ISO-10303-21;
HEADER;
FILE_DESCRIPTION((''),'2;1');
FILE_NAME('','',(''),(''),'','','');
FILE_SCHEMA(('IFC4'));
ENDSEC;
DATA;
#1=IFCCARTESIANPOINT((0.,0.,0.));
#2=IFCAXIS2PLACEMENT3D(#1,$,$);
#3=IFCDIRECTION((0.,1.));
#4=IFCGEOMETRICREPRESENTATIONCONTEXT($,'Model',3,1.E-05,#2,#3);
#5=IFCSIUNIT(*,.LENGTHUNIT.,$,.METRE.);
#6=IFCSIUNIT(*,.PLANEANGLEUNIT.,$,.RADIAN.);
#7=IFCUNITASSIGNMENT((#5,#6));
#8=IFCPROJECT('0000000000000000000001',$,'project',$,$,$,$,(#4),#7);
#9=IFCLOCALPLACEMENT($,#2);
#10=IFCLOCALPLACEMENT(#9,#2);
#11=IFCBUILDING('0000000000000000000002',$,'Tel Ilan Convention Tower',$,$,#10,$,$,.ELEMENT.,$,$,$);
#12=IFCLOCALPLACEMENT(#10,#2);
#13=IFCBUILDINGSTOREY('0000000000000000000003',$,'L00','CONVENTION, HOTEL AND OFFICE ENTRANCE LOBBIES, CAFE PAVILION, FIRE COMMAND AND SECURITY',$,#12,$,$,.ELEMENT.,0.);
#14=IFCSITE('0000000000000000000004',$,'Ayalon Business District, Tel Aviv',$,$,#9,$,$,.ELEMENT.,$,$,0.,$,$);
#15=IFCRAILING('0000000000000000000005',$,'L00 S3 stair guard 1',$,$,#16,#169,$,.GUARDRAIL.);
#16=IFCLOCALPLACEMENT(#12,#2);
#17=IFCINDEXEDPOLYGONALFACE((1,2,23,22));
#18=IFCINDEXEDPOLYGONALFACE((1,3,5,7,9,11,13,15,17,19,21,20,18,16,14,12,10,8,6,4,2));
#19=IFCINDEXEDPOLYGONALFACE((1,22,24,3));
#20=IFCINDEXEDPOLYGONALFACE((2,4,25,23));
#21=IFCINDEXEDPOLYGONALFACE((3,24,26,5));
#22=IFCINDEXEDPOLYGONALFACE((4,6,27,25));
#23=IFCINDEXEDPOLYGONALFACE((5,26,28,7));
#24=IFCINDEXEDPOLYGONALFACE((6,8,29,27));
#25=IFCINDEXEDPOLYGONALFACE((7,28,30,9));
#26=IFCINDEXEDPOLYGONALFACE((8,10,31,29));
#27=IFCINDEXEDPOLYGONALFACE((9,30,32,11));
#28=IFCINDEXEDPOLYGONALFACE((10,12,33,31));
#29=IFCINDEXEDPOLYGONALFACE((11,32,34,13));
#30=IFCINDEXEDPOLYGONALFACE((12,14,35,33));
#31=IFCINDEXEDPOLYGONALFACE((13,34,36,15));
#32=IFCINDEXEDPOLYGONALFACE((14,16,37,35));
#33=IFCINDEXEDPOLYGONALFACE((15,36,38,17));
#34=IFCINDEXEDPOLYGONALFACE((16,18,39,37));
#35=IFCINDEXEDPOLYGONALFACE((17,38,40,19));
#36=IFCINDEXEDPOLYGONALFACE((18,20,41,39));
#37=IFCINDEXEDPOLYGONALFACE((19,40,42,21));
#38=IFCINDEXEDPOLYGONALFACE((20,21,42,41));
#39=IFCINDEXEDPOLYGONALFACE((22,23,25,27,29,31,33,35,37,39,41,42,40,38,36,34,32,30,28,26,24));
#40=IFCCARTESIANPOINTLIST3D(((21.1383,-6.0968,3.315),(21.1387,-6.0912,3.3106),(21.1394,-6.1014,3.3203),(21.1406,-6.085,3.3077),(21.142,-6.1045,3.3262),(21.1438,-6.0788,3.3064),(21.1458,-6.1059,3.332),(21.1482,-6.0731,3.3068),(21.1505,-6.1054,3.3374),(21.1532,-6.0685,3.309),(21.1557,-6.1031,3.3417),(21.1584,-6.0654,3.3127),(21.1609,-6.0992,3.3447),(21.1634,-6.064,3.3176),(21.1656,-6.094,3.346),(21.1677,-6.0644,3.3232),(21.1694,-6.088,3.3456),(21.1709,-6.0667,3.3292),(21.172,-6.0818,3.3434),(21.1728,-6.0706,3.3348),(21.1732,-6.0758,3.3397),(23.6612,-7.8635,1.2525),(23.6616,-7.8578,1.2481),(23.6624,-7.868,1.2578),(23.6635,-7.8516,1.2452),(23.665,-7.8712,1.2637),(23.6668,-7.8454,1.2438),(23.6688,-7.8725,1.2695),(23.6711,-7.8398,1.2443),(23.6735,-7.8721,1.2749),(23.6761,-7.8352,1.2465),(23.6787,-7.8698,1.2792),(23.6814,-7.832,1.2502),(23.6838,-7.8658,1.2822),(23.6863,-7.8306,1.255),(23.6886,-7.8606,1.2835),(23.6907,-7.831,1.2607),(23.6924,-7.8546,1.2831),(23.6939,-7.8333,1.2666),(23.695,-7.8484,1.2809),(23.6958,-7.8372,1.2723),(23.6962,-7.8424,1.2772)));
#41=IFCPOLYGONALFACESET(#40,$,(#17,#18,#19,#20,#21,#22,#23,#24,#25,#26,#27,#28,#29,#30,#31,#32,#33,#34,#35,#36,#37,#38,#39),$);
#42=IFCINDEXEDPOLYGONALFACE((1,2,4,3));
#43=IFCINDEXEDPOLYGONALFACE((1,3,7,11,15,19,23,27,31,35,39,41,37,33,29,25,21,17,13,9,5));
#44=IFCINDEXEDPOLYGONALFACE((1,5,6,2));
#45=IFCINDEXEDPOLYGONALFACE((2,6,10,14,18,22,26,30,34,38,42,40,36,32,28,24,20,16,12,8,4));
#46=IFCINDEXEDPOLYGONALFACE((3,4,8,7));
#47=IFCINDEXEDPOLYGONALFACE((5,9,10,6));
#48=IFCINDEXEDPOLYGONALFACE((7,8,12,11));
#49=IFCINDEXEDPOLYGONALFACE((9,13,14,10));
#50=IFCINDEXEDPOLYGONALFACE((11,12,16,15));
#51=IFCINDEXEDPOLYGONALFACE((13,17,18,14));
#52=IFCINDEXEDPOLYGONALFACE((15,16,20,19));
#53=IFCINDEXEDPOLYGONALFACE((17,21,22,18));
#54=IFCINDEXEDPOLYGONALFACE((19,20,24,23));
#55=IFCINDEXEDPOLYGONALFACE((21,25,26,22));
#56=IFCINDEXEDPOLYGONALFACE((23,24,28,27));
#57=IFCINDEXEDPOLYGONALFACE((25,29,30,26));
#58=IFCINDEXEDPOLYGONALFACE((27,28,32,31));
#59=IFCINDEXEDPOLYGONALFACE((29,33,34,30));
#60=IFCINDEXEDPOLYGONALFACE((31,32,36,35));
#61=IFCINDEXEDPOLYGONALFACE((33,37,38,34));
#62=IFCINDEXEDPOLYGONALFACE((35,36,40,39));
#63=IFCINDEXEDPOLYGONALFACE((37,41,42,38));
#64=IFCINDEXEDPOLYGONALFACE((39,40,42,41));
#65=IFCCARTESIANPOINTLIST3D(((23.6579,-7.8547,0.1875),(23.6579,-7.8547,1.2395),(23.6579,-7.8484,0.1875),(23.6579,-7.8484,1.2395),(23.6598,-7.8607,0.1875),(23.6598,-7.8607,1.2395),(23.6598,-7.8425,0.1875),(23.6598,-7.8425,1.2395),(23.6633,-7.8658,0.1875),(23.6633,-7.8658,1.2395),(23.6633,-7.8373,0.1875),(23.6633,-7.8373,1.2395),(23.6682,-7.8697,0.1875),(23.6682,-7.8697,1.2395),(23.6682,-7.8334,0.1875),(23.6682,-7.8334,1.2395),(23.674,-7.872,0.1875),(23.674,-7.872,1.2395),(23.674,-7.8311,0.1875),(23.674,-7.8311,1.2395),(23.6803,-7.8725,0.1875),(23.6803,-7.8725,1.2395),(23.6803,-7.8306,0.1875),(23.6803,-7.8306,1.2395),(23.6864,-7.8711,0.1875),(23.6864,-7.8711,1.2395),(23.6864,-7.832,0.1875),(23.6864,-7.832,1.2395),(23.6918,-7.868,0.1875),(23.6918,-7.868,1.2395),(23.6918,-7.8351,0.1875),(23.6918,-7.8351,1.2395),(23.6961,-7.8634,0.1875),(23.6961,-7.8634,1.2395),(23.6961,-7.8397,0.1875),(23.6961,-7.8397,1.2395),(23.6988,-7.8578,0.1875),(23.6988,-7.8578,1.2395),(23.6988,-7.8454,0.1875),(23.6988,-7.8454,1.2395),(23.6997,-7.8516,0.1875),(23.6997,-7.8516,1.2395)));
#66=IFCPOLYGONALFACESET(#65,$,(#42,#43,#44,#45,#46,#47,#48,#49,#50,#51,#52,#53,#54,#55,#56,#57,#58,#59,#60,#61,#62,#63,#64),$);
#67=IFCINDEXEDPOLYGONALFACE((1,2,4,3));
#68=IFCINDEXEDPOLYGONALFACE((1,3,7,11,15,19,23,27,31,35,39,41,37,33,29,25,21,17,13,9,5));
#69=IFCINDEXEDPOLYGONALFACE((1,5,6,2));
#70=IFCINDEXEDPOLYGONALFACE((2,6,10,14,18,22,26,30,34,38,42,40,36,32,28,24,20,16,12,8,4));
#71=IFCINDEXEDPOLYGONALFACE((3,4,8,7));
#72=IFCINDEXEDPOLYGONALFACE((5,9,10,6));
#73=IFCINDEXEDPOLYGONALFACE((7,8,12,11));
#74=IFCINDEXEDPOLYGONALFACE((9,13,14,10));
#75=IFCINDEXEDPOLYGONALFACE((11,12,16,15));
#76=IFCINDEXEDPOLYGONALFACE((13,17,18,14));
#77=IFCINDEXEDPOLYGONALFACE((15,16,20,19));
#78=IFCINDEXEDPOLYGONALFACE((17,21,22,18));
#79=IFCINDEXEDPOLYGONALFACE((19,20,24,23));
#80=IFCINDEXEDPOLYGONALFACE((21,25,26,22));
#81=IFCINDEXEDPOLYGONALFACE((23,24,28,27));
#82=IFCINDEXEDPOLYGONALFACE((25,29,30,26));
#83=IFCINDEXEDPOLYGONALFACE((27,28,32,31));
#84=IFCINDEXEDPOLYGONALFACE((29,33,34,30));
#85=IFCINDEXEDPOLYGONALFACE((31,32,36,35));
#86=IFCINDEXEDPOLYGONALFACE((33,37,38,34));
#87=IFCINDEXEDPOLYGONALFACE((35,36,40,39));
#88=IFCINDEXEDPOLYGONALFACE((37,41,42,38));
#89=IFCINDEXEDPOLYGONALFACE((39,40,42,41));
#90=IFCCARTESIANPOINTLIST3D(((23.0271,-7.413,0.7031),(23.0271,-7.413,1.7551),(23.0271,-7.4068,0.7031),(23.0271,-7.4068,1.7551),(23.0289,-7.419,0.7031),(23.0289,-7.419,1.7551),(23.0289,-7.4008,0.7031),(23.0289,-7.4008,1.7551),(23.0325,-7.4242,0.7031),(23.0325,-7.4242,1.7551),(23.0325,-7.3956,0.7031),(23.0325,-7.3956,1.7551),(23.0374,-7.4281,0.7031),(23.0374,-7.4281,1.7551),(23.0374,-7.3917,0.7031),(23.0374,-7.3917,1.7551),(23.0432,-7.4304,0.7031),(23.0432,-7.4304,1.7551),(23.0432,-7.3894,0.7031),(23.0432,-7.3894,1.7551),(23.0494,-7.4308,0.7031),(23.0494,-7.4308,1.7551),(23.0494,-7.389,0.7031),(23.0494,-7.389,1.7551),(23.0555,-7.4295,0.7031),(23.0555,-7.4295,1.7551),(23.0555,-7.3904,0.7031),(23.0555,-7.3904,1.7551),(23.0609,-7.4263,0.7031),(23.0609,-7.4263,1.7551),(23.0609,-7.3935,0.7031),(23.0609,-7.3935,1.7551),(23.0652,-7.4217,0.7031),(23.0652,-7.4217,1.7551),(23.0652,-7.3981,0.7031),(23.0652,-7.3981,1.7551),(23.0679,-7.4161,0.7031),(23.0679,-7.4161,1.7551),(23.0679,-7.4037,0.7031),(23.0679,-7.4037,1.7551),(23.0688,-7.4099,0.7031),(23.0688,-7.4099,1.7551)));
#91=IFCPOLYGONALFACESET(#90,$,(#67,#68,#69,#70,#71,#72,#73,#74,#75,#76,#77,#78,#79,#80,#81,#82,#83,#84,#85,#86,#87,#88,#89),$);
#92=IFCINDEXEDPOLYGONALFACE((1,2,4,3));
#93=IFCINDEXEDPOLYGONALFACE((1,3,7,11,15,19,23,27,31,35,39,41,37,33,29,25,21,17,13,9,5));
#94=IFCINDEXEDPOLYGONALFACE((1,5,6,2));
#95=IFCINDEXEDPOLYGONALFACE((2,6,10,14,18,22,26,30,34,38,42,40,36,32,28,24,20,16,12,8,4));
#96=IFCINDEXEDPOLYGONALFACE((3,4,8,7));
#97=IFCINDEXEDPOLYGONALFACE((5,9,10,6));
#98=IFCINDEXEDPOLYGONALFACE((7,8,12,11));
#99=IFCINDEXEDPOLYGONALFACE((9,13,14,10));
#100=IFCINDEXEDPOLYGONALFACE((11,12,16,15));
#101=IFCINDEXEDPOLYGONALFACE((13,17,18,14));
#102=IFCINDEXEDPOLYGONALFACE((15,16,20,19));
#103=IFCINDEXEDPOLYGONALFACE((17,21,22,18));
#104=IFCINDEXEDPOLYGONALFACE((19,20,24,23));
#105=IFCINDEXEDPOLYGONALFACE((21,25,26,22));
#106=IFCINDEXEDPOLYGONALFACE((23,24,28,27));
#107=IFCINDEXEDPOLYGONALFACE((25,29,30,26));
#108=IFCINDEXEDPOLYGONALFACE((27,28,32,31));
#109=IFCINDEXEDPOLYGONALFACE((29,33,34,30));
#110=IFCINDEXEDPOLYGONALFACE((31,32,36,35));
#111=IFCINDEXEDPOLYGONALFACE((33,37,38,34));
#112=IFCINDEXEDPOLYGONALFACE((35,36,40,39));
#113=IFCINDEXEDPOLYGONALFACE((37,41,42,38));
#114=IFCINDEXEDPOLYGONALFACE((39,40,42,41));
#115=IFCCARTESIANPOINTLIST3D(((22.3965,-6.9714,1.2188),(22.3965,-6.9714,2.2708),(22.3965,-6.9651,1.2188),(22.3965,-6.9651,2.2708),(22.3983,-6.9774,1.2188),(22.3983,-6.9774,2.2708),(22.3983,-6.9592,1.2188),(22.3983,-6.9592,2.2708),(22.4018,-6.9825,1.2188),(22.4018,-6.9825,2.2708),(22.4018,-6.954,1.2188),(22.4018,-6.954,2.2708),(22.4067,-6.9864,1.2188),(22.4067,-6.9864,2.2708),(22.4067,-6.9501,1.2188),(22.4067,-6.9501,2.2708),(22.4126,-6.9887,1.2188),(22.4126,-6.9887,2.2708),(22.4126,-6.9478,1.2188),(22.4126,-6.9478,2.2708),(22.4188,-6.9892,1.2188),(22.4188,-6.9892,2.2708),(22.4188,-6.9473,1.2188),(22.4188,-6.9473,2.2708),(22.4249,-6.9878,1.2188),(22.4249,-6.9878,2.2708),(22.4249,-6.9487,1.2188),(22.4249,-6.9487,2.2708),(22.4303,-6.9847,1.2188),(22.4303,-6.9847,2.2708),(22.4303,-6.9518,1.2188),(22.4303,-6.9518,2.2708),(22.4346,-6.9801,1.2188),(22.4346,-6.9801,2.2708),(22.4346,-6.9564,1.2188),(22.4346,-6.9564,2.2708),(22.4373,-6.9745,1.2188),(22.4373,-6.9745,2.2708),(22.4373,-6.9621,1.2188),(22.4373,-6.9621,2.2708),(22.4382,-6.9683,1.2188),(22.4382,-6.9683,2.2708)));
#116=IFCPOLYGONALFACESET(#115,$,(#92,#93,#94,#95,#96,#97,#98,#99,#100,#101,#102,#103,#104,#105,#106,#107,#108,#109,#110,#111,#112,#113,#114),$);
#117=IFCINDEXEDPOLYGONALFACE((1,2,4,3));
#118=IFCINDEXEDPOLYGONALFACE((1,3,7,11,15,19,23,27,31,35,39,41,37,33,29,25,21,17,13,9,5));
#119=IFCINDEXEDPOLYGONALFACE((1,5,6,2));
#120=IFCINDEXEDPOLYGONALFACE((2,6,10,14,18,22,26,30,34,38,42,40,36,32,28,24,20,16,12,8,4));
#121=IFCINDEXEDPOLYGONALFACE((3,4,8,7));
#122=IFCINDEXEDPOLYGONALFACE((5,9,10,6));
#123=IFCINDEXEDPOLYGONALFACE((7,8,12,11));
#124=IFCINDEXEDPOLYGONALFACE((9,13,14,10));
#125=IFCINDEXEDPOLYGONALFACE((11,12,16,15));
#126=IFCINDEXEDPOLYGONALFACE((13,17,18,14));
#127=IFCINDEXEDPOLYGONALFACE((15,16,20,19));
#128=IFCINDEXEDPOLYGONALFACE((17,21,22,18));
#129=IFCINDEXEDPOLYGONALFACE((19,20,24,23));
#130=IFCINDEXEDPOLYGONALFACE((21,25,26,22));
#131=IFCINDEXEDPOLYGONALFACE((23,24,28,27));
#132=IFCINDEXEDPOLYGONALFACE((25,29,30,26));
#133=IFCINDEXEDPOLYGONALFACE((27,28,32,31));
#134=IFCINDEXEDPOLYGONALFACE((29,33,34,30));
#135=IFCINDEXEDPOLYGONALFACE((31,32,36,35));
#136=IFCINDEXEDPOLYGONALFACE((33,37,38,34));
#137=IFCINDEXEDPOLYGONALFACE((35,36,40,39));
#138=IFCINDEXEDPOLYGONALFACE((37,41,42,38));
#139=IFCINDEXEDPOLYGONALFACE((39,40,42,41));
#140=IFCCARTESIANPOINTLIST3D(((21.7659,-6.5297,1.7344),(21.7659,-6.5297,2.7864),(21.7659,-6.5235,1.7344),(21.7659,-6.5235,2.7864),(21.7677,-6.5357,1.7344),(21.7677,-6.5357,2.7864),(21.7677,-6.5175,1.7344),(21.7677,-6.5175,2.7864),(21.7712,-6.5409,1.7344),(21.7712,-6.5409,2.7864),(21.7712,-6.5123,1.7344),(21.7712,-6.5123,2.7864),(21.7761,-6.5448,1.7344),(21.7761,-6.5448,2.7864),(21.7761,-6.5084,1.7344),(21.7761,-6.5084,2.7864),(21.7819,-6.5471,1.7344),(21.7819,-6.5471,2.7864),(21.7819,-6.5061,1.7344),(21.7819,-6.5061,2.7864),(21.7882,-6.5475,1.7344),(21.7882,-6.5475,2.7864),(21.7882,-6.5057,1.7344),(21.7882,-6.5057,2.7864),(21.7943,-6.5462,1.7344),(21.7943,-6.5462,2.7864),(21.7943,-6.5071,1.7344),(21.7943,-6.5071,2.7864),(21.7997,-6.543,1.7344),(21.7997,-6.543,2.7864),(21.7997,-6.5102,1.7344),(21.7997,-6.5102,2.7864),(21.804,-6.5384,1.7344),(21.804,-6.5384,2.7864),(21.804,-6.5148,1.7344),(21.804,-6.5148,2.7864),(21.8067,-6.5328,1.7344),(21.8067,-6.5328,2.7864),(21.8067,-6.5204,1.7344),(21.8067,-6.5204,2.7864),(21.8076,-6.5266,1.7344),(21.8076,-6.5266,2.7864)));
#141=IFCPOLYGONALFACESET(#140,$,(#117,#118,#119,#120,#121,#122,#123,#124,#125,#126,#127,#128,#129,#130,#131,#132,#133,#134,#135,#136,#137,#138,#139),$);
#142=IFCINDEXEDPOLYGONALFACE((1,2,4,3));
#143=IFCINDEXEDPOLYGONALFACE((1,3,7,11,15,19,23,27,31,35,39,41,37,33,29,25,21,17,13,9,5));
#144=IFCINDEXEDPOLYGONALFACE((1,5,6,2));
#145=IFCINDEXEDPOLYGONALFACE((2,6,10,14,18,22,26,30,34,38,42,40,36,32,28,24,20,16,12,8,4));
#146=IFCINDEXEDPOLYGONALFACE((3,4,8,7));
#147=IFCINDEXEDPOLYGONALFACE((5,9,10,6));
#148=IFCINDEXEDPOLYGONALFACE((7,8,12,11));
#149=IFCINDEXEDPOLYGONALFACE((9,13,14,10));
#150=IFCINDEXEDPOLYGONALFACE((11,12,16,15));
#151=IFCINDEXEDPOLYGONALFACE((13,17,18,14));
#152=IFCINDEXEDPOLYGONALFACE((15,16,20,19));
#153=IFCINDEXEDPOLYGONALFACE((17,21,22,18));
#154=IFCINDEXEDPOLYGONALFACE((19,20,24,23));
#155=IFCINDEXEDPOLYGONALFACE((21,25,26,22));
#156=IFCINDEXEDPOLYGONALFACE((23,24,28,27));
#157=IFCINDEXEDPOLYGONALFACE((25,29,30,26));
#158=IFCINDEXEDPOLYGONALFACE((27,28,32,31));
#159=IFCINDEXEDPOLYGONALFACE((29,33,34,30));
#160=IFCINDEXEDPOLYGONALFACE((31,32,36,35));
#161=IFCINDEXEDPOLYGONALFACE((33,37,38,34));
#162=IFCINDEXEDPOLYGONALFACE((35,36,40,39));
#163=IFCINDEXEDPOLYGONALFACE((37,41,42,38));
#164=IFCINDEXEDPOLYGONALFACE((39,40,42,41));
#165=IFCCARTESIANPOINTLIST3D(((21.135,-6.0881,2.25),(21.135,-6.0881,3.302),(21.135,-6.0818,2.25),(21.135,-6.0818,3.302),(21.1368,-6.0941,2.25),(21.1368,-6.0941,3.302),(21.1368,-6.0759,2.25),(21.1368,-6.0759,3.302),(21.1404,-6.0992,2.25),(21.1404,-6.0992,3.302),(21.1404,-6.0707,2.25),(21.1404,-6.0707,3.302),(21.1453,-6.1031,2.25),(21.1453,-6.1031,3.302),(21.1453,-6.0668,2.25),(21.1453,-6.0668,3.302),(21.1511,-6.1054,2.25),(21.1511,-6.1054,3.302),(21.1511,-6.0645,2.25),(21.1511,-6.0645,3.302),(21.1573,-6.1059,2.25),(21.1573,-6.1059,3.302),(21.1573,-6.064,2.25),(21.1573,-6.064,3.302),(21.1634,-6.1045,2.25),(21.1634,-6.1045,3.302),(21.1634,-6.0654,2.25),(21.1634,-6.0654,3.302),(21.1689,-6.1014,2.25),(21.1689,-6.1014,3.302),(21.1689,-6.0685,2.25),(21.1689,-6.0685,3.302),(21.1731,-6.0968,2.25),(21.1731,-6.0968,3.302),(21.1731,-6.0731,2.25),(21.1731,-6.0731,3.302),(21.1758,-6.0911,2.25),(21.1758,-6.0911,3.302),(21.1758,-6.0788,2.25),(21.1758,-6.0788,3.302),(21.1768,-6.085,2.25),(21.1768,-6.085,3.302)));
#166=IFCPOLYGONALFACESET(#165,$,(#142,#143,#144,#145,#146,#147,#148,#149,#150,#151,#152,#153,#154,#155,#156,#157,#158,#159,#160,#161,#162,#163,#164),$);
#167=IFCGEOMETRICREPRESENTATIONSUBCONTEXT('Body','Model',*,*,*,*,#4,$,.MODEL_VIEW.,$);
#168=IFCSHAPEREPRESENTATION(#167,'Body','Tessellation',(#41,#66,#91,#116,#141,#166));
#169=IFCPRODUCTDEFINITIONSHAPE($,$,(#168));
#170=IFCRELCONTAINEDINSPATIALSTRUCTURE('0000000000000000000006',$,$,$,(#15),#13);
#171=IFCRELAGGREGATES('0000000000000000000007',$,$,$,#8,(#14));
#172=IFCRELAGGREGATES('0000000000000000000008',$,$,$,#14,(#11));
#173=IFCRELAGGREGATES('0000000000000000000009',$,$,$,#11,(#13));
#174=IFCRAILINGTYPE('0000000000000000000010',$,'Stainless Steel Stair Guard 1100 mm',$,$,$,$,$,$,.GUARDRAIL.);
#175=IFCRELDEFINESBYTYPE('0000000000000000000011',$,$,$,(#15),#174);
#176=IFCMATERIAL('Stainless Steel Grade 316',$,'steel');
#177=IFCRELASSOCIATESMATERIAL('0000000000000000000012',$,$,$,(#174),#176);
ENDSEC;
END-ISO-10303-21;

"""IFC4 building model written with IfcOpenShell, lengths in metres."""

from ifc_helpers import new_model, si_unit, direction, frame, origin, origin_2d, place, context, subcontext, project, spatial, circle, extrude, material, type_object, element, save


model = new_model("IFC4")

# Units and contexts
model_context = context("Model", 3, precision=1e-05, world=origin(), true_north=direction((0.0, 1.0)))
body_context = subcontext(model_context, "Body", "Model", "MODEL_VIEW")
ifc_project = project(units=[si_unit("LENGTHUNIT", "METRE"), si_unit("PLANEANGLEUNIT", "RADIAN")], contexts=[model_context])

# Site, building, storey
site_placement = place(None, origin())
site = spatial("IfcSite", under=ifc_project, at=site_placement, Name="Ayalon Business District, Tel Aviv", CompositionType="ELEMENT", RefElevation=0.0)
building_placement = place(site_placement, origin())
building = spatial("IfcBuilding", under=site, at=building_placement, Name="Tel Ilan Convention Tower", CompositionType="ELEMENT")
storey_placement = place(building_placement, origin())
storey = spatial("IfcBuildingStorey", under=building, at=storey_placement, Name="L00", Description="CONVENTION, HOTEL AND OFFICE ENTRANCE LOBBIES, CAFE PAVILION, FIRE COMMAND AND SECURITY", CompositionType="ELEMENT", Elevation=0.0)

# Railing
ifc_material_1 = material(Name="Stainless Steel Grade 316", Category="steel")
railing_type_1 = type_object("IfcRailingType", Name="Stainless Steel Stair Guard 1100 mm", PredefinedType="GUARDRAIL", material=ifc_material_1)
railing_1_placement = place(storey_placement, frame((23.6787, -7.8516, 0.1875)))
element("IfcRailing", 1, at=railing_1_placement, inside=storey, type_object=railing_type_1, Name="L00 S3 stair guard 1", PredefinedType="GUARDRAIL", context=body_context, shape_type="SweptSolid", body=[
    extrude(circle(Radius=0.0239, at=origin_2d()), frame((0.0, 0.0, 1.0762), z_axis=(-0.680635, 0.476589, 0.556416), x_axis=(-0.573579, -0.81915, 0.0)), (0.0, 0.0, 1.0), 3.7068),
    extrude(circle(Radius=0.021, at=origin_2d()), origin(), (0.0, 0.0, 1.0), 1.052),
    extrude(circle(Radius=0.021, at=origin_2d()), frame((-0.6309, 0.4417, 0.5156)), (0.0, 0.0, 1.0), 1.052),
    extrude(circle(Radius=0.021, at=origin_2d()), frame((-1.2615, 0.8833, 1.0312)), (0.0, 0.0, 1.0), 1.052),
    extrude(circle(Radius=0.021, at=origin_2d()), frame((-1.8921, 1.325, 1.5469)), (0.0, 0.0, 1.0), 1.052),
    extrude(circle(Radius=0.021, at=origin_2d()), frame((-2.5229, 1.7666, 2.0625)), (0.0, 0.0, 1.0), 1.052),
])

save(model, "model.ifc")
